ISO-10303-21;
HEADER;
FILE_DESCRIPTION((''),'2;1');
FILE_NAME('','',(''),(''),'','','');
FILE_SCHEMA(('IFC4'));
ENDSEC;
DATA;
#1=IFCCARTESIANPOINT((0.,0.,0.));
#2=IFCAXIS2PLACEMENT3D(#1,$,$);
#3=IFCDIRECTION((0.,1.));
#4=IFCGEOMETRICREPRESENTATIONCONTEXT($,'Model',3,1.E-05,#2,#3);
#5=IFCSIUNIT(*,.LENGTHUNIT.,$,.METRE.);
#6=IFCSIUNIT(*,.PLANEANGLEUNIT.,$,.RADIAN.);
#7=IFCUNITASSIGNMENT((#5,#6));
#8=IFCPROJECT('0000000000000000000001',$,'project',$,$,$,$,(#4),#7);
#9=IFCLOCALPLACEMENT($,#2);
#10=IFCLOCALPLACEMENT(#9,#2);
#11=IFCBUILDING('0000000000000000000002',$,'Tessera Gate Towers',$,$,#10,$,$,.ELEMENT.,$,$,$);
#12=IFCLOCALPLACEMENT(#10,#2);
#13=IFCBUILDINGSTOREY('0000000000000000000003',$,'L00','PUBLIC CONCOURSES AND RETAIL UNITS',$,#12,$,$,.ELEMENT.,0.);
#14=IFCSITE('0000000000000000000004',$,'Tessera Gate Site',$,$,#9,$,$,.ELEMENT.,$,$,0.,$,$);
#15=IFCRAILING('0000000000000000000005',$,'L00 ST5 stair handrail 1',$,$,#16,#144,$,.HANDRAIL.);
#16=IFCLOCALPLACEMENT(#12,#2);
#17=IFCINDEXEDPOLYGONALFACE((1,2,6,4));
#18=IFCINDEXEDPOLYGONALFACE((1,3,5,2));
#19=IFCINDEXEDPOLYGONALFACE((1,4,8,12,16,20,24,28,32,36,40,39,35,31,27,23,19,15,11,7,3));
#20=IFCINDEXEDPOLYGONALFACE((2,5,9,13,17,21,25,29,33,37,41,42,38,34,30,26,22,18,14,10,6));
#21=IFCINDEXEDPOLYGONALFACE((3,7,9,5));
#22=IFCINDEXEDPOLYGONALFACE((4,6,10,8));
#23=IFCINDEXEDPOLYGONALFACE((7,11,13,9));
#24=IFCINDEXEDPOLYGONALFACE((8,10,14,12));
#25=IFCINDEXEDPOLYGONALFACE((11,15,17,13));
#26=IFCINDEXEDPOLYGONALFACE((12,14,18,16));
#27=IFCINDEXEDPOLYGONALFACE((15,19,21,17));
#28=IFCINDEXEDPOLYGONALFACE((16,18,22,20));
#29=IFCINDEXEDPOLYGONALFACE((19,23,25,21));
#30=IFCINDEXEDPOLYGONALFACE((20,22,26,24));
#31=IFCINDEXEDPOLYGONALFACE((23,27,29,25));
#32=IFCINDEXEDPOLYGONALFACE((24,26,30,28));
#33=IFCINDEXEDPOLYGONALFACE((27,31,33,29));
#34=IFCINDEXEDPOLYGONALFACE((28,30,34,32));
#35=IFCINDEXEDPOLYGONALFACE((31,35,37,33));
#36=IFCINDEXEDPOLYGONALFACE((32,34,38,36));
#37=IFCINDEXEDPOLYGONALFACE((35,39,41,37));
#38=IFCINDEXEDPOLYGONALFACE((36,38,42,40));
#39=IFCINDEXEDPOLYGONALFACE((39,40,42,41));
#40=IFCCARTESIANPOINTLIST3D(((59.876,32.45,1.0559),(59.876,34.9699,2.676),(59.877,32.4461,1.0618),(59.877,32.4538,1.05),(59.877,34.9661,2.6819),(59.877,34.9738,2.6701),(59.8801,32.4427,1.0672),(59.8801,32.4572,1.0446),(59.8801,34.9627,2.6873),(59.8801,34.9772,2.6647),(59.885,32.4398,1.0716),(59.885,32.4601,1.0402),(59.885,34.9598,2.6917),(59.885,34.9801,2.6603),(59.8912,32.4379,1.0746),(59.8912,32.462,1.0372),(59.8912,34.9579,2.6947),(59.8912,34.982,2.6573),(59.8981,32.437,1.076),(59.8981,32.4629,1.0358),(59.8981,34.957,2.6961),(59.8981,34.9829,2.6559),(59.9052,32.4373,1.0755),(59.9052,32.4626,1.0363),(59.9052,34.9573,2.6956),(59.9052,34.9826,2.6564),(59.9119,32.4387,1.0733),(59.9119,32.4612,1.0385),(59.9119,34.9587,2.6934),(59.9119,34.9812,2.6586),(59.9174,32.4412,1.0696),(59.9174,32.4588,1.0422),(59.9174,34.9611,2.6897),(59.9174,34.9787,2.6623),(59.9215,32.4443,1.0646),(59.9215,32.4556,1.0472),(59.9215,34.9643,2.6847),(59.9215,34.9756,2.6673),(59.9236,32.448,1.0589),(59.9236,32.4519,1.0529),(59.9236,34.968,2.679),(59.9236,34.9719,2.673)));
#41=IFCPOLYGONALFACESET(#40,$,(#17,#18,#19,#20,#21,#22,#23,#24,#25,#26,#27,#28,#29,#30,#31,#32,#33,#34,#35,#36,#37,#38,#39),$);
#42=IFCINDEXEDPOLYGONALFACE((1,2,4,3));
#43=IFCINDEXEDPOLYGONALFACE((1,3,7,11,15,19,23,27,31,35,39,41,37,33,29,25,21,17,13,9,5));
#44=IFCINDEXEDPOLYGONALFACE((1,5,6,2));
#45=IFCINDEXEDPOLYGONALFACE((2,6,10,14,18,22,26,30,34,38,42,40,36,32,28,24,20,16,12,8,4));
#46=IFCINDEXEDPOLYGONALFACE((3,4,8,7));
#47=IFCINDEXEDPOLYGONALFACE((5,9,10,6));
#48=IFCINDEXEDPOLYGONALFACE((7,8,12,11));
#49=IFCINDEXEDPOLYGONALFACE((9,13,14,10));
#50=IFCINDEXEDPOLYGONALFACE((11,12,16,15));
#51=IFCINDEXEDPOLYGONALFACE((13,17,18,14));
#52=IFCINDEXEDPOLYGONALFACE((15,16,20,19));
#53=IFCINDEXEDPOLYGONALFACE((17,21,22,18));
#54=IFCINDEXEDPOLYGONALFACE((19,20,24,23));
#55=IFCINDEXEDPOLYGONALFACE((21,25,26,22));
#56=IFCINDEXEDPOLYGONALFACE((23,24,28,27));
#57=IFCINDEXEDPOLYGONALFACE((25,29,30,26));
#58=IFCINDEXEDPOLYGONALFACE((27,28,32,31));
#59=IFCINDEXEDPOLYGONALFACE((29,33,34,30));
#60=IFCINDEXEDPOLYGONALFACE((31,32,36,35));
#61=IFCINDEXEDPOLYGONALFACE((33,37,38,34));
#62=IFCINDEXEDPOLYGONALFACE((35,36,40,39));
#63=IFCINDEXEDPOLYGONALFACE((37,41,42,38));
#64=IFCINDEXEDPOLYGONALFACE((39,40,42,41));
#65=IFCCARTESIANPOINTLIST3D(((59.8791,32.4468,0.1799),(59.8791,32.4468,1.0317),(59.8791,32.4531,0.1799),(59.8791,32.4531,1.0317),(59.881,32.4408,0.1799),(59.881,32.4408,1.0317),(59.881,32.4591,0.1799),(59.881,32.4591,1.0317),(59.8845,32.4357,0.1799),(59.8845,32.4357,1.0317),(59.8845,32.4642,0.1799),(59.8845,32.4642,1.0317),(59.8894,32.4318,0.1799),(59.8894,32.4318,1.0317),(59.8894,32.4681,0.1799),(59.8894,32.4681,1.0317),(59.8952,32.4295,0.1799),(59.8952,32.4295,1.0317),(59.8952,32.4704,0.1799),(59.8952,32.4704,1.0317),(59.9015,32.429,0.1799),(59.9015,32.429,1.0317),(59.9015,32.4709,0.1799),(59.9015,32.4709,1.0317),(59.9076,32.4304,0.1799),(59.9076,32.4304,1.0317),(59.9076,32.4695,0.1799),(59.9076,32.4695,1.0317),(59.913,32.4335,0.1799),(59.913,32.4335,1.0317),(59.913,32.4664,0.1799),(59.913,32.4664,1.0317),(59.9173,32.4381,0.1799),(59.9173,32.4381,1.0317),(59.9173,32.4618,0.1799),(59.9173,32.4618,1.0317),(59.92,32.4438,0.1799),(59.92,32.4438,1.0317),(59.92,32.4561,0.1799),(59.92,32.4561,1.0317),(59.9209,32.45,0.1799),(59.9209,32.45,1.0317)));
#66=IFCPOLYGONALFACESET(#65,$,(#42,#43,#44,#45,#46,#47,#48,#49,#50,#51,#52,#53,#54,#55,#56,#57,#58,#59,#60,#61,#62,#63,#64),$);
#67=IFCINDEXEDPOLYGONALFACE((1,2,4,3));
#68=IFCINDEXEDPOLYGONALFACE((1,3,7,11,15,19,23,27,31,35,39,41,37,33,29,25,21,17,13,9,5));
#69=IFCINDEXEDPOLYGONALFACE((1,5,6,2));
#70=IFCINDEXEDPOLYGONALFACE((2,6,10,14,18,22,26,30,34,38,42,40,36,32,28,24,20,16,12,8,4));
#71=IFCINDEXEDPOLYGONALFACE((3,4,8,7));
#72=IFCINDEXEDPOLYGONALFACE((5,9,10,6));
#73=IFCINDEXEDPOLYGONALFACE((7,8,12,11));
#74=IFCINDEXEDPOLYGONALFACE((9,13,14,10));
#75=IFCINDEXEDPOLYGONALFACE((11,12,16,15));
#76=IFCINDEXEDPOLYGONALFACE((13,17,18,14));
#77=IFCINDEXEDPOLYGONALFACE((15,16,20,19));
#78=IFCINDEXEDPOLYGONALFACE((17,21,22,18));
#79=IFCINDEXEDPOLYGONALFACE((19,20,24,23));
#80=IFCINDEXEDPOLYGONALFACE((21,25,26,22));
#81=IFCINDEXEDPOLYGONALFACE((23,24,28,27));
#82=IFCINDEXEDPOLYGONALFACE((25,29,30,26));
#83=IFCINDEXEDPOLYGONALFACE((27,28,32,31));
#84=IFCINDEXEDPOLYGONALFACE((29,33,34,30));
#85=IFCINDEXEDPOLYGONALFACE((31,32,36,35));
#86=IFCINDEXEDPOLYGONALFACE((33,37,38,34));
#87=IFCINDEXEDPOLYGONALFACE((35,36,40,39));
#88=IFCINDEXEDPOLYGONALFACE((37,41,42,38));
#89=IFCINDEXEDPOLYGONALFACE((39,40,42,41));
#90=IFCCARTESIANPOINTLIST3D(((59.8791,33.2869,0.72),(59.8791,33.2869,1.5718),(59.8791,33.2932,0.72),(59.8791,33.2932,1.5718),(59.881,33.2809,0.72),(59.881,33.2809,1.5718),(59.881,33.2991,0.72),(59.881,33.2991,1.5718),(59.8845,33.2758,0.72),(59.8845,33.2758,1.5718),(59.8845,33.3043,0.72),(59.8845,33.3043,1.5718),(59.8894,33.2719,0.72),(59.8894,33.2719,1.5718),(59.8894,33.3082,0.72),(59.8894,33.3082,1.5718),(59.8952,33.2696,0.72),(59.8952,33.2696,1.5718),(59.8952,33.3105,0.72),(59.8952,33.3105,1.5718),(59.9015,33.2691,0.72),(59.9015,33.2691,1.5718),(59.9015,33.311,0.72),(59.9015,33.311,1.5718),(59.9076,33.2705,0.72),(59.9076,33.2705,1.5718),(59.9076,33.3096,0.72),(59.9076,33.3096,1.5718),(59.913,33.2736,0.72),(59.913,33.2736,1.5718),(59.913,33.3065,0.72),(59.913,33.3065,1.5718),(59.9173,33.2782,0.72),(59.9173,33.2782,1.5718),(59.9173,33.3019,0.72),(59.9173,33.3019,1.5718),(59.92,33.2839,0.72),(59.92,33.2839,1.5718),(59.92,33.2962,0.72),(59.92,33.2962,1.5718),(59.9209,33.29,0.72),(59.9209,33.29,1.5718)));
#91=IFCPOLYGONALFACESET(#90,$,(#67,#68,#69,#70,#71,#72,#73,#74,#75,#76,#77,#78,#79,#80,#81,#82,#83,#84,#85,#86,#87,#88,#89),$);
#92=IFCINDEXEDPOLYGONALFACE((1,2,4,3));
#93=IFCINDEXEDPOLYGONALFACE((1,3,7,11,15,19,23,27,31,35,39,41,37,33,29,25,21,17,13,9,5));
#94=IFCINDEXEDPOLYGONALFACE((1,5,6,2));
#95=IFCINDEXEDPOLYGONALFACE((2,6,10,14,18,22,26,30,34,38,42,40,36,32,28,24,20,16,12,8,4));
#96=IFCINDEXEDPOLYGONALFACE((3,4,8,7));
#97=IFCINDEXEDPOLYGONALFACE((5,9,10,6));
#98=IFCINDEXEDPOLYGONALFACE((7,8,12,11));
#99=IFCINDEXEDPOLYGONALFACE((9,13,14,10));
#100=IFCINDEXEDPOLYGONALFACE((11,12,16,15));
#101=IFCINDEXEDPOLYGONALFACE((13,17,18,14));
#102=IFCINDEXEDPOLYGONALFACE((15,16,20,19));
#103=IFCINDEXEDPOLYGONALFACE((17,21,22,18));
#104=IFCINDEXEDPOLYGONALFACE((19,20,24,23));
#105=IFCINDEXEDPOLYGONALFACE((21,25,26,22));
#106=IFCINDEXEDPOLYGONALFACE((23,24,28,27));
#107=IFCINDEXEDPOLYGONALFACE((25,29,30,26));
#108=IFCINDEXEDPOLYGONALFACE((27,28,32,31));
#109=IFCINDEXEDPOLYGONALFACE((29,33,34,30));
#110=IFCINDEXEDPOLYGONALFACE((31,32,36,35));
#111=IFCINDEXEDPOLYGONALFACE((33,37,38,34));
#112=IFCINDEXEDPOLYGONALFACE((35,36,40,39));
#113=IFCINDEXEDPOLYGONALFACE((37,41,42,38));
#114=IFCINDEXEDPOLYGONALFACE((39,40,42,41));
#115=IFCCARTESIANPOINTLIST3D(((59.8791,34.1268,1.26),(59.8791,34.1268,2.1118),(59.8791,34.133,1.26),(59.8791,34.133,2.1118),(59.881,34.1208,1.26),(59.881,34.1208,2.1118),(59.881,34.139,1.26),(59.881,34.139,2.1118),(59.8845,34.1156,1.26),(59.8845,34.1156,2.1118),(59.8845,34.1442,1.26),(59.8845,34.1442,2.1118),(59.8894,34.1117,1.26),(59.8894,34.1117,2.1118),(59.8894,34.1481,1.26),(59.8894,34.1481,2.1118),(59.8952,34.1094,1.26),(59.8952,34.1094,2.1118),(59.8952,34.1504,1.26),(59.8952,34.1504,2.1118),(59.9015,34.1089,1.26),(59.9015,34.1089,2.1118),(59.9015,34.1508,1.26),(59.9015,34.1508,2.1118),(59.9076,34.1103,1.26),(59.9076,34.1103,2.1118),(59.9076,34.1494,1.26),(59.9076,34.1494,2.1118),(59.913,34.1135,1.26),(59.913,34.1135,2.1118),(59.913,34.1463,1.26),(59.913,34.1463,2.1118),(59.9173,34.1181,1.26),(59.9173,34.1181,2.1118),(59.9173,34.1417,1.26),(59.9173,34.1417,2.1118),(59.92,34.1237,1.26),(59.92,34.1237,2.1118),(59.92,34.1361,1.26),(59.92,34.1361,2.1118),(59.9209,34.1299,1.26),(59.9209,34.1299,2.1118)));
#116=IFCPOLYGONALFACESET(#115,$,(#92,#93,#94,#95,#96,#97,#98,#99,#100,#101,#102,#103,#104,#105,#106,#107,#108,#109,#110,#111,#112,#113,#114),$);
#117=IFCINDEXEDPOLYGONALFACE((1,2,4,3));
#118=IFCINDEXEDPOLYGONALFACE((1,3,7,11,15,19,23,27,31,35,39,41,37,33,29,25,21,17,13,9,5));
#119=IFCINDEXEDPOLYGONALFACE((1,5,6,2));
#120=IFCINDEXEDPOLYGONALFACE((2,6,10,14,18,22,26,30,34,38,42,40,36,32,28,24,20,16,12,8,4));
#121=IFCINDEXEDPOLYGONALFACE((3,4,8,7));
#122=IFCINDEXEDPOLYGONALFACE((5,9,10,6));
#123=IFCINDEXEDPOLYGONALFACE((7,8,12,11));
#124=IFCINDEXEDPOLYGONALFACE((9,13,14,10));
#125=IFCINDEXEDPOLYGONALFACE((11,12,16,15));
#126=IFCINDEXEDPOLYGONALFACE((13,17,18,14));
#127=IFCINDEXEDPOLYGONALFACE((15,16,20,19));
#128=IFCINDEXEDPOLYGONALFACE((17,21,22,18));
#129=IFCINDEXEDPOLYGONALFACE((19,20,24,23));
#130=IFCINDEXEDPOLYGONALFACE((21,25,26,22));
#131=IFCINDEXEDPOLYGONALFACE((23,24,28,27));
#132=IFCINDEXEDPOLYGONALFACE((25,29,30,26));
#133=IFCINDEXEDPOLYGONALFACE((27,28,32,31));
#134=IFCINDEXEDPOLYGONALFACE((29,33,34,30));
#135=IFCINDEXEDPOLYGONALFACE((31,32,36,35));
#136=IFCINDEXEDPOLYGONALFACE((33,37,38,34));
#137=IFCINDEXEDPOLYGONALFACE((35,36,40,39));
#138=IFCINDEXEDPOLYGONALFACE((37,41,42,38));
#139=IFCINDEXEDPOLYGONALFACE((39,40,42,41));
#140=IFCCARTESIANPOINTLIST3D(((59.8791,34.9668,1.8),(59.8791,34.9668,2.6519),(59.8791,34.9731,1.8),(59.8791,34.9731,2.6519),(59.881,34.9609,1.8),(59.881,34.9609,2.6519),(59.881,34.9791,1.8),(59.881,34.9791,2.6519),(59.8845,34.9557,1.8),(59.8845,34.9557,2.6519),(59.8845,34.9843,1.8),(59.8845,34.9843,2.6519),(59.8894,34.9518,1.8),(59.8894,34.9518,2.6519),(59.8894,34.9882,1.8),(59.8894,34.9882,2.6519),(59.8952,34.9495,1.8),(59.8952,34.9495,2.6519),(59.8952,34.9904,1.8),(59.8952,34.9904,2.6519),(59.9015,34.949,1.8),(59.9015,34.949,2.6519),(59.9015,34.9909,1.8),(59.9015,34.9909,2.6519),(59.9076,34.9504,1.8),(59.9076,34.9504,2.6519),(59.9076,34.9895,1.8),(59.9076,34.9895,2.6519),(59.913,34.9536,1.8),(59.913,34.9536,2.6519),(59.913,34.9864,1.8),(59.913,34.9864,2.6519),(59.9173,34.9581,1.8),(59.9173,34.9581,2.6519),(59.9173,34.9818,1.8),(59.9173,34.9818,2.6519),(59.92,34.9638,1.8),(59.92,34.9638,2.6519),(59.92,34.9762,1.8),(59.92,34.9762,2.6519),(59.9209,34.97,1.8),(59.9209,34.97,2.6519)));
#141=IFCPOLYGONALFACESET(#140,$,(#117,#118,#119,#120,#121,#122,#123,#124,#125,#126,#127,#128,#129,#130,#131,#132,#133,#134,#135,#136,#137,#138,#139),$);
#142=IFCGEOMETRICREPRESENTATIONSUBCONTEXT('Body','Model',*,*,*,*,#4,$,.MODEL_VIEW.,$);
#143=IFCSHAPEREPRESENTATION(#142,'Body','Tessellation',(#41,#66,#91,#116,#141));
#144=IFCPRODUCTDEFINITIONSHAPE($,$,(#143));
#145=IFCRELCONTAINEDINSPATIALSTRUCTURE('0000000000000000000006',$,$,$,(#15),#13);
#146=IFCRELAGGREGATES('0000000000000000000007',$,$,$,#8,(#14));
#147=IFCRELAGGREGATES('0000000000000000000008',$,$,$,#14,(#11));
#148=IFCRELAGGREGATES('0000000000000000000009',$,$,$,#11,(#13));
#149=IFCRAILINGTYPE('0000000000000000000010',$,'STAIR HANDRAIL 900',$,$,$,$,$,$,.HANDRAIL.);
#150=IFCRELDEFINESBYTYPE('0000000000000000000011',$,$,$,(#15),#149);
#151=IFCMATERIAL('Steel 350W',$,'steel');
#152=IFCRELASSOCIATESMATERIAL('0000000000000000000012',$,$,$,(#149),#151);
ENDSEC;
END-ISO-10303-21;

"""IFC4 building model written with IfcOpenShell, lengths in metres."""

from ifc_helpers import new_model, si_unit, direction, frame, origin, origin_2d, place, context, subcontext, project, spatial, circle, extrude, material, type_object, element, save


model = new_model("IFC4")

# Units and contexts
model_context = context("Model", 3, precision=1e-05, world=origin(), true_north=direction((0.0, 1.0)))
body_context = subcontext(model_context, "Body", "Model", "MODEL_VIEW")
ifc_project = project(units=[si_unit("LENGTHUNIT", "METRE"), si_unit("PLANEANGLEUNIT", "RADIAN")], contexts=[model_context])

# Site, building, storey
site_placement = place(None, origin())
site = spatial("IfcSite", under=ifc_project, at=site_placement, Name="Tessera Gate Site", CompositionType="ELEMENT", RefElevation=0.0)
building_placement = place(site_placement, origin())
building = spatial("IfcBuilding", under=site, at=building_placement, Name="Tessera Gate Towers", CompositionType="ELEMENT")
storey_placement = place(building_placement, origin())
storey = spatial("IfcBuildingStorey", under=building, at=storey_placement, Name="L00", Description="PUBLIC CONCOURSES AND RETAIL UNITS", CompositionType="ELEMENT", Elevation=0.0)

# Railing
ifc_material_1 = material(Name="Steel 350W", Category="steel")
railing_type_1 = type_object("IfcRailingType", Name="STAIR HANDRAIL 900", PredefinedType="HANDRAIL", material=ifc_material_1)
railing_1_placement = place(storey_placement, frame((59.8999, 32.45, 0.1799)))
element("IfcRailing", 1, at=railing_1_placement, inside=storey, type_object=railing_type_1, Name="L00 ST5 stair handrail 1", PredefinedType="HANDRAIL", context=body_context, shape_type="SweptSolid", body=[
    extrude(circle(Radius=0.0239, at=origin_2d()), frame((0.0, 0.0, 0.876), z_axis=(0.0, 0.841163, 0.540782), x_axis=(-1.0, 0.0, 0.0)), (0.0, 0.0, 1.0), 2.9958),
    extrude(circle(Radius=0.021, at=origin_2d()), origin(), (0.0, 0.0, 1.0), 0.8518),
    extrude(circle(Radius=0.021, at=origin_2d()), frame((0.0, 0.8401, 0.54)), (0.0, 0.0, 1.0), 0.8518),
    extrude(circle(Radius=0.021, at=origin_2d()), frame((0.0, 1.6799, 1.0801)), (0.0, 0.0, 1.0), 0.8518),
    extrude(circle(Radius=0.021, at=origin_2d()), frame((0.0, 2.52, 1.6201)), (0.0, 0.0, 1.0), 0.8518),
])

save(model, "model.ifc")
